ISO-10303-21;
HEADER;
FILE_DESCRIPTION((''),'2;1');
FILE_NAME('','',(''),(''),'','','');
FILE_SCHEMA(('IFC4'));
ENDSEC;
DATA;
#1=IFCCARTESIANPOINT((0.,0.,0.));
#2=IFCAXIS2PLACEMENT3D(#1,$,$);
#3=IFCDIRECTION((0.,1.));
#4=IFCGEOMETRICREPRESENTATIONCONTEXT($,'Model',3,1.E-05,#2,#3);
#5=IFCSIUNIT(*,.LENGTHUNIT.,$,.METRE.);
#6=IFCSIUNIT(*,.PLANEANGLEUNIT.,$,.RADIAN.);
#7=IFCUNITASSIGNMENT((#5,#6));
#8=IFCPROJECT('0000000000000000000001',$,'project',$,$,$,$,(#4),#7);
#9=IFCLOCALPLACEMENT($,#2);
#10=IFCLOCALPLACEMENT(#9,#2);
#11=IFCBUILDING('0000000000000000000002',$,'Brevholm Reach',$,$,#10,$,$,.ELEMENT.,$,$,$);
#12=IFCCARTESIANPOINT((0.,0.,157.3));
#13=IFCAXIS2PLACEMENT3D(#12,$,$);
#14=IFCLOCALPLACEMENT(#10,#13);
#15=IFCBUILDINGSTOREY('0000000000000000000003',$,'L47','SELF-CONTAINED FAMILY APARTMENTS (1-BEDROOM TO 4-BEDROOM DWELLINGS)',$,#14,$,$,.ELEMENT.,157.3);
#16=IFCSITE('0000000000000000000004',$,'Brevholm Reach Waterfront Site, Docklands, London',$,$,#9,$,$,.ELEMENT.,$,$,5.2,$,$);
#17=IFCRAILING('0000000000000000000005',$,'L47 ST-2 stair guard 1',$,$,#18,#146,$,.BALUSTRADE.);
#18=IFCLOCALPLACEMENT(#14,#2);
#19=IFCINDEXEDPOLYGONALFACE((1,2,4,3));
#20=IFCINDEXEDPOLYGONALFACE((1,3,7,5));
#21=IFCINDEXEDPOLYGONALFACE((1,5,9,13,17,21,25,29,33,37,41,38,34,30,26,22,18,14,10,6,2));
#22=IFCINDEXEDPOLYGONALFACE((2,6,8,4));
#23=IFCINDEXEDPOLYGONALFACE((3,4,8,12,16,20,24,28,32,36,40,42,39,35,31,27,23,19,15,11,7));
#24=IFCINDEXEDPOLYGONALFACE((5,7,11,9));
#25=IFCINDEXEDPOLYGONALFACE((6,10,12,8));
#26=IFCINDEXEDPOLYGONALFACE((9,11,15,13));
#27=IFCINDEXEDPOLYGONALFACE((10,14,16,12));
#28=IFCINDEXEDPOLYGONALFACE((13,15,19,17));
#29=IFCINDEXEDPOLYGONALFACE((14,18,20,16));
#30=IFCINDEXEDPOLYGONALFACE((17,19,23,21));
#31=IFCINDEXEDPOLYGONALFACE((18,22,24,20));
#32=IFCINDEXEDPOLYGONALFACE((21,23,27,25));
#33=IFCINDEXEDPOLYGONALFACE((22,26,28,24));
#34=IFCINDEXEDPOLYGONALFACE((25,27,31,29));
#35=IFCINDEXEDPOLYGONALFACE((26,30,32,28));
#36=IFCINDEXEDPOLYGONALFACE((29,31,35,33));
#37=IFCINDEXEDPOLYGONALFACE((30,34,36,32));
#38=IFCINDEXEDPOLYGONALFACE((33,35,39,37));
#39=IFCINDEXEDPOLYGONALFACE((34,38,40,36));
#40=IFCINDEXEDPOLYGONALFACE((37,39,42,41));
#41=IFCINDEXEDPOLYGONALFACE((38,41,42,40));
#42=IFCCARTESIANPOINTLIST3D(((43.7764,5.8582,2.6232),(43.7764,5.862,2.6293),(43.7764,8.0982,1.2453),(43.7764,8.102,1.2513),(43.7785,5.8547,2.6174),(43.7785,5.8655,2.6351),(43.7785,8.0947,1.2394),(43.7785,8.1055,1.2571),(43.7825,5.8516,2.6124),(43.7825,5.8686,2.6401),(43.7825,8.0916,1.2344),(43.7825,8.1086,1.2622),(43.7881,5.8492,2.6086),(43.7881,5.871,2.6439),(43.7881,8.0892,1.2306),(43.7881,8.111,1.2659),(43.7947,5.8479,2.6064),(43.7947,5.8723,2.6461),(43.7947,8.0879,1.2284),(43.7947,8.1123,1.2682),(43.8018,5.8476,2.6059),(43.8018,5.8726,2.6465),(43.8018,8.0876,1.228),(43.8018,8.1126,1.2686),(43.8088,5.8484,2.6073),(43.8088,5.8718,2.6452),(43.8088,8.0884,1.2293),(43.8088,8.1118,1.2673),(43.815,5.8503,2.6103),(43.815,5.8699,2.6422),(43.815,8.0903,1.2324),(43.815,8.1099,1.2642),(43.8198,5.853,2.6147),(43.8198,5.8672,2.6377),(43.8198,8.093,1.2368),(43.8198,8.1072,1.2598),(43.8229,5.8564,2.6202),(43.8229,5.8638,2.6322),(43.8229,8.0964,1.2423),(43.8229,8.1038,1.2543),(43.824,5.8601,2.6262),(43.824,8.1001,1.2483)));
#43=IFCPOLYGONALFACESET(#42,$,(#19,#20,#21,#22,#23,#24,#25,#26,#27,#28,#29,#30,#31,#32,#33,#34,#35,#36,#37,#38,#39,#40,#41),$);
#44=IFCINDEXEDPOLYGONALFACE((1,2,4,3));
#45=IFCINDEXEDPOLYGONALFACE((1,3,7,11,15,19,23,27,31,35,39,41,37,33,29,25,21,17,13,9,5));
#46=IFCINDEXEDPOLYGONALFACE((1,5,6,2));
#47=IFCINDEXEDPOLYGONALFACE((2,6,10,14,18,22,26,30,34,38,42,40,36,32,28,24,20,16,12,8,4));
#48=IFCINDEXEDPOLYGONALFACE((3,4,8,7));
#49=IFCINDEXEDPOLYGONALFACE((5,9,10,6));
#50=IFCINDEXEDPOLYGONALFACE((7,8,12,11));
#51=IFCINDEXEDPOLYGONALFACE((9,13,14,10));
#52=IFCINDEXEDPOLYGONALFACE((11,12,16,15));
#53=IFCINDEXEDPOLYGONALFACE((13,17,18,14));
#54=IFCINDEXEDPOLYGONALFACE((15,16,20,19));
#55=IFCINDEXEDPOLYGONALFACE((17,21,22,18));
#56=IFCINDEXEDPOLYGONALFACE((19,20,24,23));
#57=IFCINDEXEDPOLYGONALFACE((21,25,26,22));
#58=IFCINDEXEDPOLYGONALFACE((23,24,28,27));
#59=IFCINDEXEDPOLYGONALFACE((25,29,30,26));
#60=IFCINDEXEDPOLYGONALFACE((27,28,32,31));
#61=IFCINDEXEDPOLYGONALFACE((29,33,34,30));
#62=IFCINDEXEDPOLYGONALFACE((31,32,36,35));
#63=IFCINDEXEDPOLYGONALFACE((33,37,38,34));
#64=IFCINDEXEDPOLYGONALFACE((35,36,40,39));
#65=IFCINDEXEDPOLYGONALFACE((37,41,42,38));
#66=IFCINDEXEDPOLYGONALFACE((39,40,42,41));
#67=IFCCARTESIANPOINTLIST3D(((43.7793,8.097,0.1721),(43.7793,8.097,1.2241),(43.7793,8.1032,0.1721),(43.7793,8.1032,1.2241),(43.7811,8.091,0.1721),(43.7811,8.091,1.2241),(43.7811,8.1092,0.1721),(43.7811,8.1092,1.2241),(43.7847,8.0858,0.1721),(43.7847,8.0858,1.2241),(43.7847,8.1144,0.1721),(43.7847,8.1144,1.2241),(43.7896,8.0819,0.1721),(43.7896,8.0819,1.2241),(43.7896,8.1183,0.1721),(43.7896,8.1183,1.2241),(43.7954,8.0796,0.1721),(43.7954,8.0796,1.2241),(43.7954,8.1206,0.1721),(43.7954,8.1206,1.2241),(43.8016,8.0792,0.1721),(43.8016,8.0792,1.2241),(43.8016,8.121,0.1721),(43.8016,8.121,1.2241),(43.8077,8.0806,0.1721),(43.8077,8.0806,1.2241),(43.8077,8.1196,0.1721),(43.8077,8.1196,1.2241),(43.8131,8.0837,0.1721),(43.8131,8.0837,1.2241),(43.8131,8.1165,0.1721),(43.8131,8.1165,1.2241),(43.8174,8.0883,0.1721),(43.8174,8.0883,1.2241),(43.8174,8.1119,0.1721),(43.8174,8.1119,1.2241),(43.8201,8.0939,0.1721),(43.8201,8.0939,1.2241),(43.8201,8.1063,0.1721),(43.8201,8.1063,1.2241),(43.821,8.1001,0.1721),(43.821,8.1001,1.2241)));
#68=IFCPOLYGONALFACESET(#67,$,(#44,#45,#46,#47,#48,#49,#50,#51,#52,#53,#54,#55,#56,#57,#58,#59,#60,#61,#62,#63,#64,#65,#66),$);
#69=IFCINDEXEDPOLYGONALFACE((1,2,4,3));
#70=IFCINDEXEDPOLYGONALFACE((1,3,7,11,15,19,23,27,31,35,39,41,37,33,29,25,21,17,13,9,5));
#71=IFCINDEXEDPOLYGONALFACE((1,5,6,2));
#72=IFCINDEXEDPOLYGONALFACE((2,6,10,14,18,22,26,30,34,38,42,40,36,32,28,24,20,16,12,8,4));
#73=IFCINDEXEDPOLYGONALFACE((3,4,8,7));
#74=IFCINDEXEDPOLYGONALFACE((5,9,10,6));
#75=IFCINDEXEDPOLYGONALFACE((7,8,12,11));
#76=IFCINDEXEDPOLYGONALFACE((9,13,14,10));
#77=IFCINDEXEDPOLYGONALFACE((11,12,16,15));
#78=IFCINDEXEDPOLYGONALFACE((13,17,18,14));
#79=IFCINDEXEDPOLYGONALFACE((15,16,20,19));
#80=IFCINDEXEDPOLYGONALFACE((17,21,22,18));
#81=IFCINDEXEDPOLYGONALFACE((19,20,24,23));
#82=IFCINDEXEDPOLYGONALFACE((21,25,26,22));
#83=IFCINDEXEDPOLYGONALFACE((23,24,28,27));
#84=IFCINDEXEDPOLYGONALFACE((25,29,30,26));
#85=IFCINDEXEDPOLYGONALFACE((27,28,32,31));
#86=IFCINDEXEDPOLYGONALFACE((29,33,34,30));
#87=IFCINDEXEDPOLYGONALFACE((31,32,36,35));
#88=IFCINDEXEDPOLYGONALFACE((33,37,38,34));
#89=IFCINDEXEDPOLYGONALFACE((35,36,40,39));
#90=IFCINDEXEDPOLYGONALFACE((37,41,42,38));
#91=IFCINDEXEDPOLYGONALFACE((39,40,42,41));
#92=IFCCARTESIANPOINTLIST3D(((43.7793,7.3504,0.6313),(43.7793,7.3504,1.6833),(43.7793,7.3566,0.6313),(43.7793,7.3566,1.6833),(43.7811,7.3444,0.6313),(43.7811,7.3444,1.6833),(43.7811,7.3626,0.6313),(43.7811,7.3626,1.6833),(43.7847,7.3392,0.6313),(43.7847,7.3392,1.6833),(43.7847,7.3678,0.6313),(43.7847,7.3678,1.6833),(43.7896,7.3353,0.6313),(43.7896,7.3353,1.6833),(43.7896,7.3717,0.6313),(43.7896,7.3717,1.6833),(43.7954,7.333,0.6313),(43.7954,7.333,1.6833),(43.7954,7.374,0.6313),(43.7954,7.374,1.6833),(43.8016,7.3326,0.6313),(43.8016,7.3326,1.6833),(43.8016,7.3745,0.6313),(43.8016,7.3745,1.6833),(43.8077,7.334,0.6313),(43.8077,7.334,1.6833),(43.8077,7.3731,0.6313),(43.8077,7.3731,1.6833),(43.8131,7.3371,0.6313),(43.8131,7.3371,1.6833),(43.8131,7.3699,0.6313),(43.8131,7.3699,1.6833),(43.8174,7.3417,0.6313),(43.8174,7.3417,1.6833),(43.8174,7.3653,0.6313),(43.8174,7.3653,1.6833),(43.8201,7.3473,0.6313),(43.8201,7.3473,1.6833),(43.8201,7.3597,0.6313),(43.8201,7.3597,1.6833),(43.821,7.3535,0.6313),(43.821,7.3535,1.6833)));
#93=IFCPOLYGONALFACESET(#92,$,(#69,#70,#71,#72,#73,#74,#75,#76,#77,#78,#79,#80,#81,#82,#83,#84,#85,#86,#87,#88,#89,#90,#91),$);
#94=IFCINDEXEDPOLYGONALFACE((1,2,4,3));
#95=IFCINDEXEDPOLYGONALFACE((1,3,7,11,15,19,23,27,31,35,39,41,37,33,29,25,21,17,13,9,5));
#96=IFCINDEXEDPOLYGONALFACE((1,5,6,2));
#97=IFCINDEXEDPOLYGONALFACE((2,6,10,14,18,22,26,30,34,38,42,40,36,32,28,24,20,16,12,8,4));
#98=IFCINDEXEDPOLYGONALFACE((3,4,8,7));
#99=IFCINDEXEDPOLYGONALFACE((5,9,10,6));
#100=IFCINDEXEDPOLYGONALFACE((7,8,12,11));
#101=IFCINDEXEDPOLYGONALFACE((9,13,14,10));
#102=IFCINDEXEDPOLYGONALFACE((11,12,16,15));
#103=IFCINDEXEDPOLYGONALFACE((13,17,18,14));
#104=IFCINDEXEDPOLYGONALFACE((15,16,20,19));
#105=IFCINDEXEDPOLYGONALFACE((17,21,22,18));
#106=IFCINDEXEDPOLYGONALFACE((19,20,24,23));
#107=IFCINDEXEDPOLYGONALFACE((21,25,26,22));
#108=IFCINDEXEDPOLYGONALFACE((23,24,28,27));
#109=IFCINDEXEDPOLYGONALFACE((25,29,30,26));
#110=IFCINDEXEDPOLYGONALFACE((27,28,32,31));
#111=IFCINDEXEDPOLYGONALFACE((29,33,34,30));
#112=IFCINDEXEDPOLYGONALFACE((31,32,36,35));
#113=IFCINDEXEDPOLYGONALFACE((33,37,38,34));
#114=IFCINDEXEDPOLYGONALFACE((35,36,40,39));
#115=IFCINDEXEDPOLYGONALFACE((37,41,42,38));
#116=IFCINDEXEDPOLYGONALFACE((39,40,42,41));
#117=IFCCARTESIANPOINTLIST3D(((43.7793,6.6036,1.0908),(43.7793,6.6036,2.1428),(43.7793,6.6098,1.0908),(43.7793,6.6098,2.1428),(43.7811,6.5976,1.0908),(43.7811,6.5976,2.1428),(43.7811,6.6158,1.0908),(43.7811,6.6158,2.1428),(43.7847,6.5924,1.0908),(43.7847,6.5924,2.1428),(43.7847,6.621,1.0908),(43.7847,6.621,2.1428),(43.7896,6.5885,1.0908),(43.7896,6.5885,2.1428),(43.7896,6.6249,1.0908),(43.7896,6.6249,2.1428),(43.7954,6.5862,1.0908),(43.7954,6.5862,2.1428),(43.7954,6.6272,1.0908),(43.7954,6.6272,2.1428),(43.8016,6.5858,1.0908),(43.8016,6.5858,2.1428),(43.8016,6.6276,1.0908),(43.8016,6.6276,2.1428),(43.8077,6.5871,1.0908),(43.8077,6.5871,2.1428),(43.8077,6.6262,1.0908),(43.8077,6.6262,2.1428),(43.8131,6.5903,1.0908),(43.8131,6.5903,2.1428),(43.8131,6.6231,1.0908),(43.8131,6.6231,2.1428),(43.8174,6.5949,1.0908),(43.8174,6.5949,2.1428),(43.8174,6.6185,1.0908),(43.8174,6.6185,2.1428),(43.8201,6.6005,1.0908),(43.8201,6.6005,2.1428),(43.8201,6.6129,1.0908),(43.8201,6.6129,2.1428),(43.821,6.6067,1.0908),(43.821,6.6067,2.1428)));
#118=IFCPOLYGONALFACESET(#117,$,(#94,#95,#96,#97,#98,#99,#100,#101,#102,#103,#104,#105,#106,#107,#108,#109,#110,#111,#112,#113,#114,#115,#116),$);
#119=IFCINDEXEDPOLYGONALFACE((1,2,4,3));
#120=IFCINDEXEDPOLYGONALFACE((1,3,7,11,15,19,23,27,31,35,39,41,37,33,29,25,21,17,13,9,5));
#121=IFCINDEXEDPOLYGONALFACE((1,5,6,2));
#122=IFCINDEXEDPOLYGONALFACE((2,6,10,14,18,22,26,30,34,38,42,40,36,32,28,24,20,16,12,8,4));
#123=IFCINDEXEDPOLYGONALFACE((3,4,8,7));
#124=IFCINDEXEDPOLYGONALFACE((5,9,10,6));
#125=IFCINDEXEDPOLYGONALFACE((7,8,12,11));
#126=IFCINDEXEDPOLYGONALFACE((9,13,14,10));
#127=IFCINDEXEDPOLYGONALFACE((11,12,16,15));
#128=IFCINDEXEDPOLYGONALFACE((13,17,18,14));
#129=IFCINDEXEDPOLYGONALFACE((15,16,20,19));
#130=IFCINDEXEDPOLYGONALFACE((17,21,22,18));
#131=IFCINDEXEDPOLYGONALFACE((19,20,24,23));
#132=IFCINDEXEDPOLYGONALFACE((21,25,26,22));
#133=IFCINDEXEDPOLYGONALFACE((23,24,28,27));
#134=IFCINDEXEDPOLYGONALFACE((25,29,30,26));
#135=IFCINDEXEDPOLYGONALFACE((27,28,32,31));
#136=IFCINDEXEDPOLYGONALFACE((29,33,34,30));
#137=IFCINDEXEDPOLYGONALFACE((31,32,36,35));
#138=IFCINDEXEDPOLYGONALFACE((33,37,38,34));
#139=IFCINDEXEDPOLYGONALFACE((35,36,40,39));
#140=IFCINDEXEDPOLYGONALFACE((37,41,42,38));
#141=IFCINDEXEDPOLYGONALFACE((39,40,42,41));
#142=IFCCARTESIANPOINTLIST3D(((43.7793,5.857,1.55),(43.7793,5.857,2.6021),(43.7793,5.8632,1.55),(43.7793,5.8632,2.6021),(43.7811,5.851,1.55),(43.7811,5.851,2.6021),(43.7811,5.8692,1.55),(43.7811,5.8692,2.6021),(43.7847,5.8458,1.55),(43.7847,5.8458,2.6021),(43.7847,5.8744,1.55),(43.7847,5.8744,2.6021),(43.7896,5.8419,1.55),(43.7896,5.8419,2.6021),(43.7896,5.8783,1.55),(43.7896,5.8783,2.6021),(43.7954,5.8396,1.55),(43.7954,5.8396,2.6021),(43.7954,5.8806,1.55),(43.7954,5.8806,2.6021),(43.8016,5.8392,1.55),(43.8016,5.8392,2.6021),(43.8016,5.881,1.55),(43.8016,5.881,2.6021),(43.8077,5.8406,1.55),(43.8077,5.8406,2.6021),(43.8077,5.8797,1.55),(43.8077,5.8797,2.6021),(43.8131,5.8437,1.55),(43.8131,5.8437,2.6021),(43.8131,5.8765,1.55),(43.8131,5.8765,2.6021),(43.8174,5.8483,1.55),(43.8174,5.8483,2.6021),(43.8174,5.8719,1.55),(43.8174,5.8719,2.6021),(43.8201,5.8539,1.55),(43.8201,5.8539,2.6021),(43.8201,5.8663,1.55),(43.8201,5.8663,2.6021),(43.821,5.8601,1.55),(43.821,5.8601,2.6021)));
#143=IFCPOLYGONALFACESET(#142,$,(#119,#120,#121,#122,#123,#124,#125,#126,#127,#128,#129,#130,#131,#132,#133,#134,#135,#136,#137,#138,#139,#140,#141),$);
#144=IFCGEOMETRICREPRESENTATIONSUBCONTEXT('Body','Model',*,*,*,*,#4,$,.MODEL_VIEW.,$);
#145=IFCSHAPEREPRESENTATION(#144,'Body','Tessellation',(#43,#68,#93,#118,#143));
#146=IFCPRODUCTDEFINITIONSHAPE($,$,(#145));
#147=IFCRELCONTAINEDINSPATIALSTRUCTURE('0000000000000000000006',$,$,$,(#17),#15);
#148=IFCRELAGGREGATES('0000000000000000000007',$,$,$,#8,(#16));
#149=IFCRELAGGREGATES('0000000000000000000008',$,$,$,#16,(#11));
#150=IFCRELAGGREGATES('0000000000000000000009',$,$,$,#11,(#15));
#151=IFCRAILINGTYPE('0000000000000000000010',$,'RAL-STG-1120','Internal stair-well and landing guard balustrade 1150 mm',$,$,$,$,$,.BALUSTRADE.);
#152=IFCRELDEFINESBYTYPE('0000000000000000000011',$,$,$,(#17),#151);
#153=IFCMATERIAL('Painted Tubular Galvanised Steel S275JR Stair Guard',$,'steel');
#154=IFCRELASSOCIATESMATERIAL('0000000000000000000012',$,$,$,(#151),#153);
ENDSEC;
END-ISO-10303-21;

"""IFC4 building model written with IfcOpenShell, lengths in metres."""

from ifc_helpers import new_model, si_unit, direction, frame, origin, origin_2d, place, context, subcontext, project, spatial, circle, extrude, material, type_object, element, save


model = new_model("IFC4")

# Units and contexts
model_context = context("Model", 3, precision=1e-05, world=origin(), true_north=direction((0.0, 1.0)))
body_context = subcontext(model_context, "Body", "Model", "MODEL_VIEW")
ifc_project = project(units=[si_unit("LENGTHUNIT", "METRE"), si_unit("PLANEANGLEUNIT", "RADIAN")], contexts=[model_context])

# Site, building, storey
site_placement = place(None, origin())
site = spatial("IfcSite", under=ifc_project, at=site_placement, Name="Brevholm Reach Waterfront Site, Docklands, London", CompositionType="ELEMENT", RefElevation=5.2)
building_placement = place(site_placement, origin())
building = spatial("IfcBuilding", under=site, at=building_placement, Name="Brevholm Reach", CompositionType="ELEMENT")
storey_placement = place(building_placement, frame((0.0, 0.0, 157.3)))
storey = spatial("IfcBuildingStorey", under=building, at=storey_placement, Name="L47", Description="SELF-CONTAINED FAMILY APARTMENTS (1-BEDROOM TO 4-BEDROOM DWELLINGS)", CompositionType="ELEMENT", Elevation=157.3)

# Railing
ifc_material_1 = material(Name="Painted Tubular Galvanised Steel S275JR Stair Guard", Category="steel")
railing_type_1 = type_object("IfcRailingType", Name="RAL-STG-1120", Description="Internal stair-well and landing guard balustrade 1150 mm", PredefinedType="BALUSTRADE", material=ifc_material_1)
railing_1_placement = place(storey_placement, frame((43.8, 8.1001, 0.1721)))
element("IfcRailing", 1, at=railing_1_placement, inside=storey, type_object=railing_type_1, Name="L47 ST-2 stair guard 1", PredefinedType="BALUSTRADE", context=body_context, shape_type="SweptSolid", body=[
    extrude(circle(Radius=0.0239, at=origin_2d()), frame((0.0, 0.0, 1.0762), z_axis=(0.0, -0.851748, 0.523952), x_axis=(1.0, 0.0, 0.0)), (0.0, 0.0, 1.0), 2.6299),
    extrude(circle(Radius=0.021, at=origin_2d()), origin(), (0.0, 0.0, 1.0), 1.052),
    extrude(circle(Radius=0.021, at=origin_2d()), frame((0.0, -0.7466, 0.4592)), (0.0, 0.0, 1.0), 1.052),
    extrude(circle(Radius=0.021, at=origin_2d()), frame((0.0, -1.4934, 0.9187)), (0.0, 0.0, 1.0), 1.052),
    extrude(circle(Radius=0.021, at=origin_2d()), frame((0.0, -2.24, 1.3779)), (0.0, 0.0, 1.0), 1.052),
])

save(model, "model.ifc")
